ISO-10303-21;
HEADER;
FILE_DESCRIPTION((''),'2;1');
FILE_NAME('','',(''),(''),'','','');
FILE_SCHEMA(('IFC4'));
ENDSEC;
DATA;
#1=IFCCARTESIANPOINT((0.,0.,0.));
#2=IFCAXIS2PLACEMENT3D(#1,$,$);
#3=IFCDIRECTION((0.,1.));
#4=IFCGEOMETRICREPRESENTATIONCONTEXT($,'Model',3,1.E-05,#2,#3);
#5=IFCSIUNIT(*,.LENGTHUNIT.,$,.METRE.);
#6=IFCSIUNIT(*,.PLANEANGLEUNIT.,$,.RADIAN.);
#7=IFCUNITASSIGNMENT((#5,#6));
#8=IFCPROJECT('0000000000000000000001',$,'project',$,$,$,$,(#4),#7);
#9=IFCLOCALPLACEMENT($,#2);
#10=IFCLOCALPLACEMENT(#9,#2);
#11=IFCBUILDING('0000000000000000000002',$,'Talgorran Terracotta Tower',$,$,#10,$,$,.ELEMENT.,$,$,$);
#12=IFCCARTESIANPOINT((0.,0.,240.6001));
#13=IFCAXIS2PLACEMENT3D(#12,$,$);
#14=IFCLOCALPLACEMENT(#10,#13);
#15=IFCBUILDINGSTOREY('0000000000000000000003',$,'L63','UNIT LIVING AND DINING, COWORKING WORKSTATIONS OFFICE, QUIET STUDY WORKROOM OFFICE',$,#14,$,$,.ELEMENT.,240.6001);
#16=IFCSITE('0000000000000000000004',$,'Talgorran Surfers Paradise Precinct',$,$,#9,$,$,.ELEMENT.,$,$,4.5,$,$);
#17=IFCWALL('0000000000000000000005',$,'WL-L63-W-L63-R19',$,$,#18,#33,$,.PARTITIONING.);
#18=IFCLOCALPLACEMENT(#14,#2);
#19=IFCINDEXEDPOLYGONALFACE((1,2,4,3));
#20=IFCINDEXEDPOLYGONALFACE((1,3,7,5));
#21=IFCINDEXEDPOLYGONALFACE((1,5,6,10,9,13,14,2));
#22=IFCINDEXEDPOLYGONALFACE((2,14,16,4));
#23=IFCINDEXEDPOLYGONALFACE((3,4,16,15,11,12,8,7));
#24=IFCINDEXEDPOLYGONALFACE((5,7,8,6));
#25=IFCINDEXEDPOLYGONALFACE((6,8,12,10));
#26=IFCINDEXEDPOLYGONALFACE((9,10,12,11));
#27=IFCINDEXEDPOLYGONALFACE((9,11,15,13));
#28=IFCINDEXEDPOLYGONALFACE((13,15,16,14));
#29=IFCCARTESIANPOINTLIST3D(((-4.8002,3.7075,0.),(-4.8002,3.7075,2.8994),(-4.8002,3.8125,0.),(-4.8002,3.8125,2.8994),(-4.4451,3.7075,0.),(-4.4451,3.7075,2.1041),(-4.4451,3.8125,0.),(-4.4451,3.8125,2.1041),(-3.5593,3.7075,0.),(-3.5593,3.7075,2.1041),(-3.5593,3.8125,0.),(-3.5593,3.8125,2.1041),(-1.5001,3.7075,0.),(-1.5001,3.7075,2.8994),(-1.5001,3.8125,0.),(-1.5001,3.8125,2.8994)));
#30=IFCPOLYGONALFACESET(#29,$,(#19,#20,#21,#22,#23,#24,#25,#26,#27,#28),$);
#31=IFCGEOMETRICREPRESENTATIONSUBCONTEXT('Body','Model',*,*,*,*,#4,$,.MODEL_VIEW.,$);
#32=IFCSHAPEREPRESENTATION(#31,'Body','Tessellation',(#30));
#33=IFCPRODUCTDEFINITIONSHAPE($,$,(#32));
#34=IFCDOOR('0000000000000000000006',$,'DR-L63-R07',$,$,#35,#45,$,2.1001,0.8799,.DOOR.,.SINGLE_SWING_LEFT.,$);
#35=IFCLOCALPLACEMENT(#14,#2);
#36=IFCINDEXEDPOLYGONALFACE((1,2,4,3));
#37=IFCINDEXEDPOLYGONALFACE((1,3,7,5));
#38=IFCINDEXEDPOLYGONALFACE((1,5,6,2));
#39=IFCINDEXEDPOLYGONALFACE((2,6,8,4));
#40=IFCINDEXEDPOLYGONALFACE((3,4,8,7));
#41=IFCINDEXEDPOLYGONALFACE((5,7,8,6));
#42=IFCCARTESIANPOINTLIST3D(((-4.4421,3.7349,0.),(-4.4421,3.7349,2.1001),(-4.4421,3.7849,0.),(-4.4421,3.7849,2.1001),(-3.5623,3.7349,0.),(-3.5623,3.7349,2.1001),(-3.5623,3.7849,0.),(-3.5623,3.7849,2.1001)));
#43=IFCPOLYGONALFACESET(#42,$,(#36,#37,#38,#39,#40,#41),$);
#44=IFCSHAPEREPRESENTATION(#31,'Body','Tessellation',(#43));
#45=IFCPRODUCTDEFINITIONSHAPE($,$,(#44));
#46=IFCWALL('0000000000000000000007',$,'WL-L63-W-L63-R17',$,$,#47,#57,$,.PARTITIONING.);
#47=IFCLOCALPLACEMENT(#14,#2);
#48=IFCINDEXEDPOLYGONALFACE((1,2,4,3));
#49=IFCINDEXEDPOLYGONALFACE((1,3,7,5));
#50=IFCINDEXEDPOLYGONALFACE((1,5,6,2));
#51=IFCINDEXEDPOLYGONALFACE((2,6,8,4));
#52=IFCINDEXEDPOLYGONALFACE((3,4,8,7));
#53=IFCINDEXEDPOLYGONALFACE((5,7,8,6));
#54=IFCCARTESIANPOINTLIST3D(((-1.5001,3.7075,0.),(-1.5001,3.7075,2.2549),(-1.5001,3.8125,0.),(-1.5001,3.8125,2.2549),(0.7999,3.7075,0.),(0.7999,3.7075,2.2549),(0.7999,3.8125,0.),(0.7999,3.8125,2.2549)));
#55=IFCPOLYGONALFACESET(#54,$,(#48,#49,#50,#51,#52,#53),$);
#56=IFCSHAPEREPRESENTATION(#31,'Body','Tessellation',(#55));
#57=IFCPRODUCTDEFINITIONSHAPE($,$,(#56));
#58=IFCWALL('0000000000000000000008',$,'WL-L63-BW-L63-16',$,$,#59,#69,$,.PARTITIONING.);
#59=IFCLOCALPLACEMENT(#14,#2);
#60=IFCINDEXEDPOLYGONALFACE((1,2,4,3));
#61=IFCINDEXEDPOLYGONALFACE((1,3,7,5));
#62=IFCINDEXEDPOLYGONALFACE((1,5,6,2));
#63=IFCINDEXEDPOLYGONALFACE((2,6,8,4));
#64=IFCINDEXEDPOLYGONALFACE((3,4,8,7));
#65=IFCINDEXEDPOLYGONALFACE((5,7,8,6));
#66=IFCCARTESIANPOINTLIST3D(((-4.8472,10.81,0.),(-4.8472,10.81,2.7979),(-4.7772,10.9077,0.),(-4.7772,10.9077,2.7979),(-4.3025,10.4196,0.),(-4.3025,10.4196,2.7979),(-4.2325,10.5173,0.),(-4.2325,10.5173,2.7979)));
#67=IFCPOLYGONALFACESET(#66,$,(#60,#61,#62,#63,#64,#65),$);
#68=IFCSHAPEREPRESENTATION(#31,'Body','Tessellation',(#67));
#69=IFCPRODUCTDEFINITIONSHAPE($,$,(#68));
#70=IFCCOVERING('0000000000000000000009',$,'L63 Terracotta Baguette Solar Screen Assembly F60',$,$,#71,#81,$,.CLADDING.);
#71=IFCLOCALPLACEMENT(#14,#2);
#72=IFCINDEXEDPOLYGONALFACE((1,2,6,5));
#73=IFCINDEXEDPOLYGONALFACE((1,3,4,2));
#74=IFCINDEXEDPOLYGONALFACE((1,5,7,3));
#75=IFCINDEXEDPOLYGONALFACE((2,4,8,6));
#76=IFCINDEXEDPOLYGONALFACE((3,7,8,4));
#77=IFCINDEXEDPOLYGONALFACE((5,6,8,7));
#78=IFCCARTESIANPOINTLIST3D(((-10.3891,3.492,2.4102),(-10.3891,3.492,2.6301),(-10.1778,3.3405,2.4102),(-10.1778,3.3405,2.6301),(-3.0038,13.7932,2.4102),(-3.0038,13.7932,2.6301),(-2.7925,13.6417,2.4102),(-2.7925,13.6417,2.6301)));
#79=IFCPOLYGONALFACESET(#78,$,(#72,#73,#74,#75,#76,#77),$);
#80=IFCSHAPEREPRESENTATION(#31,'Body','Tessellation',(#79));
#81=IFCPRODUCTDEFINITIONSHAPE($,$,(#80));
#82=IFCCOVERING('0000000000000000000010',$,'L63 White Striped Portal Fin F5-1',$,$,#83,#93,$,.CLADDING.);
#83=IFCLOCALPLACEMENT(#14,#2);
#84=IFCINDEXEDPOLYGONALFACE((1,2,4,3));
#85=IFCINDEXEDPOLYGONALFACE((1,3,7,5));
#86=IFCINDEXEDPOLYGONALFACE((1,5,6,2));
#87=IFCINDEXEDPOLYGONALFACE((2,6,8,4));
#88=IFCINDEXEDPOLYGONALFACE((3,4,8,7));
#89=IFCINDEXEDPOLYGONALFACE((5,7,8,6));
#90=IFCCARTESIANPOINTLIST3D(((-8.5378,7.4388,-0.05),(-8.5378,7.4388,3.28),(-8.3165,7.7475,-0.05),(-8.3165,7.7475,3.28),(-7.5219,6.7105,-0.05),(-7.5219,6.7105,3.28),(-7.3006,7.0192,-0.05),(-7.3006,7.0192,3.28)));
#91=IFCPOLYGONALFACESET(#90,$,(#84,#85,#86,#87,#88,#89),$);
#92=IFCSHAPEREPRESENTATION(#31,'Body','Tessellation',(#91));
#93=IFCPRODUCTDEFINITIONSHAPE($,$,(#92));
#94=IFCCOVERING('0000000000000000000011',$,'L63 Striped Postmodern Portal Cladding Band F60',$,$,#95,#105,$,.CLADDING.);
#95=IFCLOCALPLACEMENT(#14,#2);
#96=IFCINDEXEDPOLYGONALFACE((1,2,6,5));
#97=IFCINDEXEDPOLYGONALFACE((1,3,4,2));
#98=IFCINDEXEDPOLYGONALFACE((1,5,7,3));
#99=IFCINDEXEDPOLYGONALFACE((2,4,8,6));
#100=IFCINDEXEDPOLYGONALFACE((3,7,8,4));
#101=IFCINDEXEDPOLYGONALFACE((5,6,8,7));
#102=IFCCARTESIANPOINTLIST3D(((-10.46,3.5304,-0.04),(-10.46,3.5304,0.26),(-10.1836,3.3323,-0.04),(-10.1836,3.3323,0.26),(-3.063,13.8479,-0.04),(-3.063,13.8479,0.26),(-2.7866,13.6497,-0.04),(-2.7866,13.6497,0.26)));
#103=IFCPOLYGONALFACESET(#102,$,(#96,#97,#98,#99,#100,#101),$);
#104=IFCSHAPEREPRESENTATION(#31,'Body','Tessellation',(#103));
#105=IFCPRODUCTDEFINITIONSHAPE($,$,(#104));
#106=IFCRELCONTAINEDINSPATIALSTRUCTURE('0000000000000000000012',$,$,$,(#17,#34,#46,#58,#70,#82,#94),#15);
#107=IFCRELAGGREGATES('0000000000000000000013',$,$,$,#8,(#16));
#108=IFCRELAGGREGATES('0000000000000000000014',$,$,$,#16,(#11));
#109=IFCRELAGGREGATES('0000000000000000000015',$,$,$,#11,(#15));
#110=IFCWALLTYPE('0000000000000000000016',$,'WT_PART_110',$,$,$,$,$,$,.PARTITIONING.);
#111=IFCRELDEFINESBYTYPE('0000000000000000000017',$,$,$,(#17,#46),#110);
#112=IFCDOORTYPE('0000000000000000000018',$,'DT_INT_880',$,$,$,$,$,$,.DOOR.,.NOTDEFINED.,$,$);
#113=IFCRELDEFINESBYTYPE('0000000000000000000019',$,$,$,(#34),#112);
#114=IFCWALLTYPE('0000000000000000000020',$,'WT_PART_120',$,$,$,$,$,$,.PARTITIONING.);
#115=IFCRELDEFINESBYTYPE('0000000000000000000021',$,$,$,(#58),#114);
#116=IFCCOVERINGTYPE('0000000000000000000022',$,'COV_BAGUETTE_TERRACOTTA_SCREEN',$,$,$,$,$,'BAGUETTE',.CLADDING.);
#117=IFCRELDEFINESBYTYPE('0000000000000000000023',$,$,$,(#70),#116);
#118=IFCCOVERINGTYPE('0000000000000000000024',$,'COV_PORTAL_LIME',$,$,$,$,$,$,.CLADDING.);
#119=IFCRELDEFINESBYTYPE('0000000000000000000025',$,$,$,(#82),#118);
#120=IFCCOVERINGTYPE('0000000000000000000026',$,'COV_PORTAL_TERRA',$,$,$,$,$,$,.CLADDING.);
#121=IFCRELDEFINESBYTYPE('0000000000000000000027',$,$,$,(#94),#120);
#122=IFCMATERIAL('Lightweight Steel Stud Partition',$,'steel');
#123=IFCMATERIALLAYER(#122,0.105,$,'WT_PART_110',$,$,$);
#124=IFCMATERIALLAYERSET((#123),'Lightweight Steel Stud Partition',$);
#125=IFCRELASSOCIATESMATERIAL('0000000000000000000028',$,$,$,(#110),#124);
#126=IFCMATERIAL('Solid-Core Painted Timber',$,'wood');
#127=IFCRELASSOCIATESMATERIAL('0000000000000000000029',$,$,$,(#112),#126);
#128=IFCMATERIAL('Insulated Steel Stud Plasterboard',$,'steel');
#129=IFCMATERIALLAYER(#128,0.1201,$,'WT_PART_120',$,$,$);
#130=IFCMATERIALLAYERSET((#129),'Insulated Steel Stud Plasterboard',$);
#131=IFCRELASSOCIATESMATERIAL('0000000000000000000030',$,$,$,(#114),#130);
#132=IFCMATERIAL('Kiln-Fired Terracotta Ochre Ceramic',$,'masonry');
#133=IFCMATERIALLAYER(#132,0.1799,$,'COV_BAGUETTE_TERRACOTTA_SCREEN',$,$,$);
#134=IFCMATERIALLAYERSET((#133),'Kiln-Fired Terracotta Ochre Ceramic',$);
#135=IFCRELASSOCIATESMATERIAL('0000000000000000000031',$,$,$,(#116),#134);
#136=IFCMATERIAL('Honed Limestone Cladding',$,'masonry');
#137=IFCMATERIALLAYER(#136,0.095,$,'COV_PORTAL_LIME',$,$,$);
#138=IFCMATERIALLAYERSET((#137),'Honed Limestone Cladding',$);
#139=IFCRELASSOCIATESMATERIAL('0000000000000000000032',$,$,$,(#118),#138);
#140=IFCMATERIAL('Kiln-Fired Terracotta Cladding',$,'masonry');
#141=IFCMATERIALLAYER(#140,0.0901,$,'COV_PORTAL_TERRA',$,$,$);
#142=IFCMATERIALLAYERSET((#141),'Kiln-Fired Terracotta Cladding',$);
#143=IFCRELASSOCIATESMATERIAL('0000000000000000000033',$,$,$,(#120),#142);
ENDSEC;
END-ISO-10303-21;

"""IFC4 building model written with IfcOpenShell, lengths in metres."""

from ifc_helpers import new_model, si_unit, direction, frame, frame_2d, origin, origin_2d, place, context, subcontext, project, spatial, rectangle, extrude, material, layer, layer_set, type_object, element, fill, save


model = new_model("IFC4")

# Units and contexts
model_context = context("Model", 3, precision=1e-05, world=origin(), true_north=direction((0.0, 1.0)))
body_context = subcontext(model_context, "Body", "Model", "MODEL_VIEW")
ifc_project = project(units=[si_unit("LENGTHUNIT", "METRE"), si_unit("PLANEANGLEUNIT", "RADIAN")], contexts=[model_context])

# Site, building, storey
site_placement = place(None, origin())
site = spatial("IfcSite", under=ifc_project, at=site_placement, Name="Talgorran Surfers Paradise Precinct", CompositionType="ELEMENT", RefElevation=4.5)
building_placement = place(site_placement, origin())
building = spatial("IfcBuilding", under=site, at=building_placement, Name="Talgorran Terracotta Tower", CompositionType="ELEMENT")
storey_placement = place(building_placement, frame((0.0, 0.0, 240.6001)))
storey = spatial("IfcBuildingStorey", under=building, at=storey_placement, Name="L63", Description="UNIT LIVING AND DINING, COWORKING WORKSTATIONS OFFICE, QUIET STUDY WORKROOM OFFICE", CompositionType="ELEMENT", Elevation=240.6001)

# Wall, opening, door
ifc_material_1 = material(Name="Lightweight Steel Stud Partition", Category="steel")
ifc_layer_1 = layer(ifc_material_1, 0.105, Name="WT_PART_110")
ifc_layer_set_1 = layer_set([ifc_layer_1], Name="Lightweight Steel Stud Partition")
wall_type_1 = type_object("IfcWallType", Name="WT_PART_110", PredefinedType="PARTITIONING", material=ifc_layer_set_1)
ifc_material_2 = material(Name="Solid-Core Painted Timber", Category="wood")
door_type_1 = type_object("IfcDoorType", Name="DT_INT_880", OperationType="NOTDEFINED", PredefinedType="DOOR", material=ifc_material_2)
wall_1_placement = place(storey_placement, frame((-4.8, 3.76, 0.0), z_axis=(0.0, 0.0, 1.0), x_axis=(1.0, 0.0, 0.0)))
wall_1 = element("IfcWall", 1, at=wall_1_placement, inside=storey, type_object=wall_type_1, Name="WL-L63-W-L63-R19", PredefinedType="PARTITIONING", context=body_context, shape_type="SweptSolid", body=[
    extrude(rectangle(XDim=3.3, YDim=0.105, at=frame_2d((1.6499, 0.0))), origin(), (0.0, 0.0, 1.0), 2.8994),
])
opening_1_placement = place(wall_1_placement, frame((0.3579, 0.0, 0.0)))
opening_1 = element("IfcOpeningElement", 2, at=opening_1_placement, cuts=wall_1, PredefinedType="OPENING", context=body_context, shape_type="SweptSolid", body=[
    extrude(rectangle(XDim=0.8859, YDim=2.1041, at=frame_2d((0.4399, 1.052))), frame((0.0, 0.0625, 0.0), z_axis=(0.0, -1.0, 0.0), x_axis=(1.0, 0.0, 0.0)), (0.0, 0.0, 1.0), 0.125),
])
door_1_placement = place(opening_1_placement, origin())
door_1 = element("IfcDoor", 3, at=door_1_placement, inside=storey, type_object=door_type_1, Name="DR-L63-R07", OperationType="SINGLE_SWING_LEFT", OverallHeight=2.1001, OverallWidth=0.8799, PredefinedType="DOOR", context=body_context, shape_type="SweptSolid", body=[
    extrude(rectangle(XDim=0.8799, YDim=2.1001, at=frame_2d((0.4399, 1.05))), frame((0.0, 0.0249, 0.0), z_axis=(0.0, -1.0, 0.0), x_axis=(1.0, 0.0, 0.0)), (0.0, 0.0, 1.0), 0.05),
])
fill(opening_1, door_1)

# Walls
wall_2_placement = place(storey_placement, frame((-1.5, 3.76, 0.0), z_axis=(0.0, 0.0, 1.0), x_axis=(1.0, 0.0, 0.0)))
element("IfcWall", 4, at=wall_2_placement, inside=storey, type_object=wall_type_1, Name="WL-L63-W-L63-R17", PredefinedType="PARTITIONING", context=body_context, shape_type="SweptSolid", body=[
    extrude(rectangle(XDim=2.3, YDim=0.105, at=frame_2d((1.1499, 0.0))), origin(), (0.0, 0.0, 1.0), 2.2549),
])
ifc_material_3 = material(Name="Insulated Steel Stud Plasterboard", Category="steel")
ifc_layer_2 = layer(ifc_material_3, 0.1201, Name="WT_PART_120")
ifc_layer_set_2 = layer_set([ifc_layer_2], Name="Insulated Steel Stud Plasterboard")
wall_type_2 = type_object("IfcWallType", Name="WT_PART_120", PredefinedType="PARTITIONING", material=ifc_layer_set_2)
wall_3_placement = place(storey_placement, frame((-4.2676, 10.4685, 0.0), z_axis=(0.0, 0.0, 1.0), x_axis=(-0.812797, 0.582547, 0.0)))
element("IfcWall", 5, at=wall_3_placement, inside=storey, type_object=wall_type_2, Name="WL-L63-BW-L63-16", PredefinedType="PARTITIONING", context=body_context, shape_type="SweptSolid", body=[
    extrude(rectangle(XDim=0.6702, YDim=0.1201, at=frame_2d((0.335, 0.0))), origin(), (0.0, 0.0, 1.0), 2.7979),
])

# Coverings
ifc_material_4 = material(Name="Kiln-Fired Terracotta Ochre Ceramic", Category="masonry")
ifc_layer_3 = layer(ifc_material_4, 0.1799, Name="COV_BAGUETTE_TERRACOTTA_SCREEN")
ifc_layer_set_3 = layer_set([ifc_layer_3], Name="Kiln-Fired Terracotta Ochre Ceramic")
covering_type_1 = type_object("IfcCoveringType", Name="COV_BAGUETTE_TERRACOTTA_SCREEN", ElementType="BAGUETTE", PredefinedType="CLADDING", material=ifc_layer_set_3)
covering_1_placement = place(storey_placement, frame((-6.5908, 8.5669, 2.4102), z_axis=(0.0, 0.0, 1.0), x_axis=(-0.582662, -0.812715, 0.0)))
element("IfcCovering", 6, at=covering_1_placement, inside=storey, type_object=covering_type_1, Name="L63 Terracotta Baguette Solar Screen Assembly F60", PredefinedType="CLADDING", context=body_context, shape_type="SweptSolid", body=[
    extrude(rectangle(XDim=12.675, YDim=0.26, at=origin_2d()), origin(), (0.0, 0.0, 1.0), 0.22),
])
ifc_material_5 = material(Name="Honed Limestone Cladding", Category="masonry")
ifc_layer_4 = layer(ifc_material_5, 0.095, Name="COV_PORTAL_LIME")
ifc_layer_set_4 = layer_set([ifc_layer_4], Name="Honed Limestone Cladding")
covering_type_2 = type_object("IfcCoveringType", Name="COV_PORTAL_LIME", PredefinedType="CLADDING", material=ifc_layer_set_4)
covering_2_placement = place(storey_placement, frame((-7.9192, 7.229, -0.05), z_axis=(0.0, 0.0, 1.0), x_axis=(-0.582662, -0.812715, 0.0)))
element("IfcCovering", 7, at=covering_2_placement, inside=storey, type_object=covering_type_2, Name="L63 White Striped Portal Fin F5-1", PredefinedType="CLADDING", context=body_context, shape_type="SweptSolid", body=[
    extrude(rectangle(XDim=0.3799, YDim=1.25, at=origin_2d()), origin(), (0.0, 0.0, 1.0), 3.3301),
])
ifc_material_6 = material(Name="Kiln-Fired Terracotta Cladding", Category="masonry")
ifc_layer_5 = layer(ifc_material_6, 0.0901, Name="COV_PORTAL_TERRA")
ifc_layer_set_5 = layer_set([ifc_layer_5], Name="Kiln-Fired Terracotta Cladding")
covering_type_3 = type_object("IfcCoveringType", Name="COV_PORTAL_TERRA", PredefinedType="CLADDING", material=ifc_layer_set_5)
covering_3_placement = place(storey_placement, frame((-6.6233, 8.5901, -0.04), z_axis=(0.0, 0.0, 1.0), x_axis=(-0.582662, -0.812715, 0.0)))
element("IfcCovering", 8, at=covering_3_placement, inside=storey, type_object=covering_type_3, Name="L63 Striped Postmodern Portal Cladding Band F60", PredefinedType="CLADDING", context=body_context, shape_type="SweptSolid", body=[
    extrude(rectangle(XDim=12.6951, YDim=0.3401, at=origin_2d()), origin(), (0.0, 0.0, 1.0), 0.3),
])

save(model, "model.ifc")
